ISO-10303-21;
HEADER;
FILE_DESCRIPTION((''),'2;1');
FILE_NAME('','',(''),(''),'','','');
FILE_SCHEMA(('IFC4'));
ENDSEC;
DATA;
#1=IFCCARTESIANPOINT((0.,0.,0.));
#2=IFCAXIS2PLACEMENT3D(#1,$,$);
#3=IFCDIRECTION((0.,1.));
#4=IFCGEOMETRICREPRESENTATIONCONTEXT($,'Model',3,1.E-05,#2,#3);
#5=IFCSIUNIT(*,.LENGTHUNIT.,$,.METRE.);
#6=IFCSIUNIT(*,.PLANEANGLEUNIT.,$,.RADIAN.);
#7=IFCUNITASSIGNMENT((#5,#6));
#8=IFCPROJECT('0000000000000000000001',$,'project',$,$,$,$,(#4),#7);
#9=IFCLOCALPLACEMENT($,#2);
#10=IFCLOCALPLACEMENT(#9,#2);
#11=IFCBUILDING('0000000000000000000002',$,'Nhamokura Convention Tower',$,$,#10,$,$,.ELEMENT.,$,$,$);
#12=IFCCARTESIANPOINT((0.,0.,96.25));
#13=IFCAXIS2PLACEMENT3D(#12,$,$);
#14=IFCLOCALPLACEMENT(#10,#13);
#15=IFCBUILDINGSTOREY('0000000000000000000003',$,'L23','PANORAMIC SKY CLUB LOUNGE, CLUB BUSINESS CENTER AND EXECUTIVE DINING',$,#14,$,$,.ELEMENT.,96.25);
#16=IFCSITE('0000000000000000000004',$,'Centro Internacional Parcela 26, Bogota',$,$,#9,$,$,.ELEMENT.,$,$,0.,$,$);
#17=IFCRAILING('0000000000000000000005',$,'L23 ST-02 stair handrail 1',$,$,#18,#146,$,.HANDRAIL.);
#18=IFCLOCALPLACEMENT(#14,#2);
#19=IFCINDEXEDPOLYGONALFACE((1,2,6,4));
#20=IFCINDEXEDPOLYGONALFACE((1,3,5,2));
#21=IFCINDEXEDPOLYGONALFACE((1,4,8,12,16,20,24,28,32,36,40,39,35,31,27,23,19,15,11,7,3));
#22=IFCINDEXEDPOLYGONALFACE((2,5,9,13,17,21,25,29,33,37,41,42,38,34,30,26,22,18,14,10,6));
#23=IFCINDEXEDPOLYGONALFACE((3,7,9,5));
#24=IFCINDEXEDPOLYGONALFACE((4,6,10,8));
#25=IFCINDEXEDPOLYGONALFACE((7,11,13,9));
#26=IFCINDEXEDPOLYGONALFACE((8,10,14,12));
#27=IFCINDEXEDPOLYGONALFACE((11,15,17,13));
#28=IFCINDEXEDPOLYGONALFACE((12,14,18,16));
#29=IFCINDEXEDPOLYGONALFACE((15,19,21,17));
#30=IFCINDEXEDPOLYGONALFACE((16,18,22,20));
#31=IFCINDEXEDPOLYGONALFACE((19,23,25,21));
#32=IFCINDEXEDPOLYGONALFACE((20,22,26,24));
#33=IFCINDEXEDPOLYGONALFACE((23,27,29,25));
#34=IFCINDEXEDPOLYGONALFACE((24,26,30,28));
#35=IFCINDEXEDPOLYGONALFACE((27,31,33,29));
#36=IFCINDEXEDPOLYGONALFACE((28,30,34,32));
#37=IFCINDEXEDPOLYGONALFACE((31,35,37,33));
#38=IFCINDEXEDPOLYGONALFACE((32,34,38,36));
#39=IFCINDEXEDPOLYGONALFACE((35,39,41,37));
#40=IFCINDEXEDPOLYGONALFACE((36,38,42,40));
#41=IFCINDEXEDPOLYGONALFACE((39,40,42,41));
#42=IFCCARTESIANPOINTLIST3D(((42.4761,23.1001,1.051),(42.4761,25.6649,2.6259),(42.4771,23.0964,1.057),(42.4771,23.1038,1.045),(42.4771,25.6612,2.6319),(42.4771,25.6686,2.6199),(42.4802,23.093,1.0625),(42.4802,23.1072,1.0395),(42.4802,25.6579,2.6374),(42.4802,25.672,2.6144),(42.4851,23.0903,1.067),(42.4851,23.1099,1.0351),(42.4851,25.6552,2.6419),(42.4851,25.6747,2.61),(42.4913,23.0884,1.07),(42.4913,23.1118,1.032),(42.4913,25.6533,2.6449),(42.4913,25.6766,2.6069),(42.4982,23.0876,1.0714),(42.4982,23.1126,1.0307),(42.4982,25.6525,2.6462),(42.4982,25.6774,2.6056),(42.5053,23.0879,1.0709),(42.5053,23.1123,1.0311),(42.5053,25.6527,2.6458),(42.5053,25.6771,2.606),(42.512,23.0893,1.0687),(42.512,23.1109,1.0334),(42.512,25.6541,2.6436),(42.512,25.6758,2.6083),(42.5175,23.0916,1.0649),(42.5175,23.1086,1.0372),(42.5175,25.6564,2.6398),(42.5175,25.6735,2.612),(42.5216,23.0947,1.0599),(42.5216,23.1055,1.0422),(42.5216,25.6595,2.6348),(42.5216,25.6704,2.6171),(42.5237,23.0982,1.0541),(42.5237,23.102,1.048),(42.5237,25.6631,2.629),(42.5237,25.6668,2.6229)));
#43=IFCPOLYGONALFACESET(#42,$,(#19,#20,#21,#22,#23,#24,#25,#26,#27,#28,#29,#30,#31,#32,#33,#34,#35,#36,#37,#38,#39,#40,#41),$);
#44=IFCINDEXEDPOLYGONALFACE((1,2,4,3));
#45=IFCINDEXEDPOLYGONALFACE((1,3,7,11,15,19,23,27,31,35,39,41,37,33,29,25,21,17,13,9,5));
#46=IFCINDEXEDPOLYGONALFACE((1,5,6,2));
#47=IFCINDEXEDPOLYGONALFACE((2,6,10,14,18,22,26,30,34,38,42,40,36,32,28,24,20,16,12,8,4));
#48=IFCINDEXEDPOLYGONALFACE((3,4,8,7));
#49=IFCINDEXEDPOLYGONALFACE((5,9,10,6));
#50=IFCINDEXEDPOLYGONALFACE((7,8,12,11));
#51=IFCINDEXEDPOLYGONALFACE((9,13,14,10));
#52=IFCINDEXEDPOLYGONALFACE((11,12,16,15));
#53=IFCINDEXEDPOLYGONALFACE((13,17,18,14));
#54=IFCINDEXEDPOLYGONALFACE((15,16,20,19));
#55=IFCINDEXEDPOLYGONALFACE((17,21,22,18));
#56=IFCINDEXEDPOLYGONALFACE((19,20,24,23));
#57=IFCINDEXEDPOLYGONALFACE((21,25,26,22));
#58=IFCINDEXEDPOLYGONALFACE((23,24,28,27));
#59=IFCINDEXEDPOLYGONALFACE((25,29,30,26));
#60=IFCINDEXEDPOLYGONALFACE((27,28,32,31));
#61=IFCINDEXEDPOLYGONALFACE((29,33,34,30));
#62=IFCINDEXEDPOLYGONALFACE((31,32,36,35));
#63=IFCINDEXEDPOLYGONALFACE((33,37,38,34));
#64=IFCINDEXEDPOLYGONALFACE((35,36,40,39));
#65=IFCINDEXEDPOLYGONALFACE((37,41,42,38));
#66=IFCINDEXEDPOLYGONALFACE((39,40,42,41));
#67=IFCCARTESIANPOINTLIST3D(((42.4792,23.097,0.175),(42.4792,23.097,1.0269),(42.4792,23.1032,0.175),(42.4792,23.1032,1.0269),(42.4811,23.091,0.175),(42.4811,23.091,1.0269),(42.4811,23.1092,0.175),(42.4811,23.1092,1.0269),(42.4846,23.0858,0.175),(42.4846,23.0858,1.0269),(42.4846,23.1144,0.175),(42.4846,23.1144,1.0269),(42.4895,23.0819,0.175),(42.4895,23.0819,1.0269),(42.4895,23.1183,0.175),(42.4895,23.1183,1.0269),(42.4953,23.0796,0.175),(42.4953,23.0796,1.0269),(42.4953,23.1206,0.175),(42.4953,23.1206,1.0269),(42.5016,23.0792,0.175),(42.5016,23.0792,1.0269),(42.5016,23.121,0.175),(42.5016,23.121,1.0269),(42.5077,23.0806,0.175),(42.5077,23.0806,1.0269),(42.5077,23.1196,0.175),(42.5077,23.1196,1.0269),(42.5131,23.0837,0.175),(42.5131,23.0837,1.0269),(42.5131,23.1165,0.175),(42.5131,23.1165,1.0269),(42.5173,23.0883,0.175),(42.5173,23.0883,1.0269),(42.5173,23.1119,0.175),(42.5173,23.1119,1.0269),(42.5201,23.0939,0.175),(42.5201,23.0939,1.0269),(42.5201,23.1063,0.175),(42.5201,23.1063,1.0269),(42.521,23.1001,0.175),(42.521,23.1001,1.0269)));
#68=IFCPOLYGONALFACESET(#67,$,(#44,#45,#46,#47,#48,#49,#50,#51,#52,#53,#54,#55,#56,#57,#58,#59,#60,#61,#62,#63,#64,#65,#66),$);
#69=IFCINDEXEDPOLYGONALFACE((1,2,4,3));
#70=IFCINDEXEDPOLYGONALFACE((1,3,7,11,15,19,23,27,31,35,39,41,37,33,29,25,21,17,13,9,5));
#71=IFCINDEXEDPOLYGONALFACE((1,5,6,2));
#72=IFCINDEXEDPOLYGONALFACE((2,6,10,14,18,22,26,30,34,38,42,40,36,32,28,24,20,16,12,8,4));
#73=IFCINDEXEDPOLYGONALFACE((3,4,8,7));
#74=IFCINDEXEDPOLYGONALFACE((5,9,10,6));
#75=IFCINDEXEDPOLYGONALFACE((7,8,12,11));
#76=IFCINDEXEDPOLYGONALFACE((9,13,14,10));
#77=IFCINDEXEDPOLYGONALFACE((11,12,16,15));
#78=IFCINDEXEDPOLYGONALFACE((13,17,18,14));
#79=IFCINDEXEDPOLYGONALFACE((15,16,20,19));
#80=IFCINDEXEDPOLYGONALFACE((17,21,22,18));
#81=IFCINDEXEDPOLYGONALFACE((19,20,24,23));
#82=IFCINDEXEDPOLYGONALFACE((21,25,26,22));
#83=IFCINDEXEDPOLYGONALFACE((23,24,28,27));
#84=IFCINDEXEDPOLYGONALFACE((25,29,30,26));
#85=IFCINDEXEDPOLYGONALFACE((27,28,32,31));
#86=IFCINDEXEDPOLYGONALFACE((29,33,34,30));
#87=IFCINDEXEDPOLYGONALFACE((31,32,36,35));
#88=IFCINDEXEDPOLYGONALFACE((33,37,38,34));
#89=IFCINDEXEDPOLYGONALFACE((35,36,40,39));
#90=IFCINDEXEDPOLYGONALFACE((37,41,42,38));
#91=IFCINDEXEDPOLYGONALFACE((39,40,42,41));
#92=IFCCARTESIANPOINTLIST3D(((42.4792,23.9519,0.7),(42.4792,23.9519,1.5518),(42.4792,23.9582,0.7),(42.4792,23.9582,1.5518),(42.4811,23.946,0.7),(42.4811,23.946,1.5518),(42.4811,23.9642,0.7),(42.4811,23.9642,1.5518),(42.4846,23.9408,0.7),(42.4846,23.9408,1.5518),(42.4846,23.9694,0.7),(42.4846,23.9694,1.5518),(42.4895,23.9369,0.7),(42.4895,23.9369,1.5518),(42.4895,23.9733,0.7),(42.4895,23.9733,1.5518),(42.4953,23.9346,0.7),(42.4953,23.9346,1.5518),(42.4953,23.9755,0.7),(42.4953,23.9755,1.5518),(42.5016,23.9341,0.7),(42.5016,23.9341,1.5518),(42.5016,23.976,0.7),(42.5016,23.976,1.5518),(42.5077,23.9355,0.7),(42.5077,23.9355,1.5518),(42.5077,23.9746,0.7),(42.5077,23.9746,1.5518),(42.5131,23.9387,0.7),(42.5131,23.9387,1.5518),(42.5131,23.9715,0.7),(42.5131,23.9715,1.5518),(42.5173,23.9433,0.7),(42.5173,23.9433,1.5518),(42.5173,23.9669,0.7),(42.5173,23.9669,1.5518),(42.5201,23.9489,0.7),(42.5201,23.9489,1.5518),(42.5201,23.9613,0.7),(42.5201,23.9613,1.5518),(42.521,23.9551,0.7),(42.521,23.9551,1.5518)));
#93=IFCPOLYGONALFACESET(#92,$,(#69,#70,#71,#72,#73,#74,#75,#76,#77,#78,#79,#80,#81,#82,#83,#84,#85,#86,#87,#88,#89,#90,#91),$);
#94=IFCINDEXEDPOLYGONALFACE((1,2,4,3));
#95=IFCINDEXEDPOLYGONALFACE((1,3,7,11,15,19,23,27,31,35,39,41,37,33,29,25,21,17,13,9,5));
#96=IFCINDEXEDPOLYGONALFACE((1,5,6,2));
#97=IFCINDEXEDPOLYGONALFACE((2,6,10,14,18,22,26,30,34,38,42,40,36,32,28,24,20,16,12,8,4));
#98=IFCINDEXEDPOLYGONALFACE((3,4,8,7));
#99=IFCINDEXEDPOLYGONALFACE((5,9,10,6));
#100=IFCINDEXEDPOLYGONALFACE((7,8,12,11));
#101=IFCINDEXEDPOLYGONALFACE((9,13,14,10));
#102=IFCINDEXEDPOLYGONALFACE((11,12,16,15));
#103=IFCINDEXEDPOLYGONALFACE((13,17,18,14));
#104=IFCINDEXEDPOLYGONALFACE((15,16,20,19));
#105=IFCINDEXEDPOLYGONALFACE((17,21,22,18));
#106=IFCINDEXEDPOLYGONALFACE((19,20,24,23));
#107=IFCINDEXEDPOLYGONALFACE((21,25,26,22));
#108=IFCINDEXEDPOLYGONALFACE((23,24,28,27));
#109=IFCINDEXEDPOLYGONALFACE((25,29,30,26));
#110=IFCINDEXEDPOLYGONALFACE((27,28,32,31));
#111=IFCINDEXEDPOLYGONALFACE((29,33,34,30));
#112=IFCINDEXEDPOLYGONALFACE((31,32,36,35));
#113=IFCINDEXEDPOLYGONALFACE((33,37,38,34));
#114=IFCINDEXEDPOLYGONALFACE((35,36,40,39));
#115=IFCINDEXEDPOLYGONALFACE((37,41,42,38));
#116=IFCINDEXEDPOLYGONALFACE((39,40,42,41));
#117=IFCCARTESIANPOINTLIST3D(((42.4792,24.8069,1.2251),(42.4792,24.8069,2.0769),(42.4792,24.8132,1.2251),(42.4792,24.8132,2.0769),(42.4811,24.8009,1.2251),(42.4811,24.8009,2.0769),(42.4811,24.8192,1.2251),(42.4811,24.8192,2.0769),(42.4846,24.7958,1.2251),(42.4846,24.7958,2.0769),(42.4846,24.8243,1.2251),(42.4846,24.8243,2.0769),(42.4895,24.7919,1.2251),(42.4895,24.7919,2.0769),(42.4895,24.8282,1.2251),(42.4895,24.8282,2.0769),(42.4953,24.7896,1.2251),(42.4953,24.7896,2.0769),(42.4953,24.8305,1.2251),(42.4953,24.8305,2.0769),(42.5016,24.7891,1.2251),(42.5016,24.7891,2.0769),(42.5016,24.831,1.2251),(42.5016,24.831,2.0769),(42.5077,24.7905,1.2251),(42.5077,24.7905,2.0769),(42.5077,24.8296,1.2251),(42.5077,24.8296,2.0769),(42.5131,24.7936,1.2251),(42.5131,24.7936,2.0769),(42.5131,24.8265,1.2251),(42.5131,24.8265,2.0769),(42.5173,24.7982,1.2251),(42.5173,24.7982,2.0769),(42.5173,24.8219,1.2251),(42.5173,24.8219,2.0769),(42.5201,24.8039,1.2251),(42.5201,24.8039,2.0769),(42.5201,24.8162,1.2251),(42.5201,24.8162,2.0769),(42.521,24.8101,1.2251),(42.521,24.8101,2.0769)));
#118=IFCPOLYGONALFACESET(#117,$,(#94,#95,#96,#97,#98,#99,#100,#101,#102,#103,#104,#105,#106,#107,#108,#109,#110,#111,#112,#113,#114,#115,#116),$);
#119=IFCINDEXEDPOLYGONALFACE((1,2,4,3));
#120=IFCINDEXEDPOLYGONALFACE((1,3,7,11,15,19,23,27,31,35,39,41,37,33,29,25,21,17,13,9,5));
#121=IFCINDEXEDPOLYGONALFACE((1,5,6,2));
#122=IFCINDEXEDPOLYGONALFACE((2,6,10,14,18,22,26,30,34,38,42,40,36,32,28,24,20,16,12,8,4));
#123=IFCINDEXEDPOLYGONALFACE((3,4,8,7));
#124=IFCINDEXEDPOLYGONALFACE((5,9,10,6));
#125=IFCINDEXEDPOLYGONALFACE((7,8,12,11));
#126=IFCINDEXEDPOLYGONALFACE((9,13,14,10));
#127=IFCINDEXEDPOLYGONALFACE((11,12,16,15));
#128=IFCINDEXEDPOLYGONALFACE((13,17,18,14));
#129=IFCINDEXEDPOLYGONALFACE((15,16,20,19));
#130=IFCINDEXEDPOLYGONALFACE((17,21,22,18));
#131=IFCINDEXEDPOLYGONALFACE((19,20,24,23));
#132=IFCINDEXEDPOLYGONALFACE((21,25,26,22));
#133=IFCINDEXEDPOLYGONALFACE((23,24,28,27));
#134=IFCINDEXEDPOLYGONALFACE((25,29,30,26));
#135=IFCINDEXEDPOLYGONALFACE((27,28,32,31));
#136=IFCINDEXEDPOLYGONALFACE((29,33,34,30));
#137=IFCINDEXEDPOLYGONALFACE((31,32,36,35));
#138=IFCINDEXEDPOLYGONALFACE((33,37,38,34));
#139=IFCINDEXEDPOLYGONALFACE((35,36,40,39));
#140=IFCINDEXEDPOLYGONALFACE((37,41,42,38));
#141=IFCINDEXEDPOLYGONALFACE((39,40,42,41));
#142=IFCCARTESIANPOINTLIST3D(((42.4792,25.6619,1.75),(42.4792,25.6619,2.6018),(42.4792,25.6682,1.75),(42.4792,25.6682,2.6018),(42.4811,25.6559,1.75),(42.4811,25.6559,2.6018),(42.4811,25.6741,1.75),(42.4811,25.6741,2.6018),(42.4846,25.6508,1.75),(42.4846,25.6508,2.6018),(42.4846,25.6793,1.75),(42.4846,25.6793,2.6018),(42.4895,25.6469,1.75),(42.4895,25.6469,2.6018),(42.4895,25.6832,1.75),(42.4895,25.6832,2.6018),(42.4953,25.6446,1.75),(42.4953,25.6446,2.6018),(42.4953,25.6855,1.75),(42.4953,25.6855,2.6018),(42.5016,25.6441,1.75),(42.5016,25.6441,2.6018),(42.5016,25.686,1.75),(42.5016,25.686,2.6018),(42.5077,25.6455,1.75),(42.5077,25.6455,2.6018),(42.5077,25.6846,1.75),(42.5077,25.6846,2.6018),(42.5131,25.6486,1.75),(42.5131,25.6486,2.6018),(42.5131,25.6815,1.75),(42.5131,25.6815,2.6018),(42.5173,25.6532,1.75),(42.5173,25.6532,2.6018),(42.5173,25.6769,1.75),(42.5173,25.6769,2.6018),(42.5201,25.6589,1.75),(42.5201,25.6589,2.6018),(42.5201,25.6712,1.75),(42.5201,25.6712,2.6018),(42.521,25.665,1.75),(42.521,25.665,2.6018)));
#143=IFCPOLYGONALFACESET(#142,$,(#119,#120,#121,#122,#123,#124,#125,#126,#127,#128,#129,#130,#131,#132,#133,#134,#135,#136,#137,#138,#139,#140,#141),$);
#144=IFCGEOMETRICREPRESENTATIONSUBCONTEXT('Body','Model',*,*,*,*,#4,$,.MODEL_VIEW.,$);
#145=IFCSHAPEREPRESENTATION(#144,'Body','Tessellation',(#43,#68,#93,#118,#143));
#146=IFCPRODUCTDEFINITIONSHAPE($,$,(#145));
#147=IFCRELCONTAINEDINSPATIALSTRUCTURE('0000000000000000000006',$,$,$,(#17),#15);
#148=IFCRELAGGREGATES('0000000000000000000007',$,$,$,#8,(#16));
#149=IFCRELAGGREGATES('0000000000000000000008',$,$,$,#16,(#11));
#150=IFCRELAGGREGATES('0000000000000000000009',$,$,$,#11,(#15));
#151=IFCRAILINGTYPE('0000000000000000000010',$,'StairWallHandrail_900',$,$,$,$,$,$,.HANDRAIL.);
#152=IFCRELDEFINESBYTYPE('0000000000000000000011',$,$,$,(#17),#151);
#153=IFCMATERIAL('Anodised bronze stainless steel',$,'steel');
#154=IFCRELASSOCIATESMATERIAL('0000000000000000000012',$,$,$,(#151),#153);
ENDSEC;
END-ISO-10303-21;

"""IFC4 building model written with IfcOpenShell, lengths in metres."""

from ifc_helpers import new_model, si_unit, direction, frame, origin, origin_2d, place, context, subcontext, project, spatial, circle, extrude, material, type_object, element, save


model = new_model("IFC4")

# Units and contexts
model_context = context("Model", 3, precision=1e-05, world=origin(), true_north=direction((0.0, 1.0)))
body_context = subcontext(model_context, "Body", "Model", "MODEL_VIEW")
ifc_project = project(units=[si_unit("LENGTHUNIT", "METRE"), si_unit("PLANEANGLEUNIT", "RADIAN")], contexts=[model_context])

# Site, building, storey
site_placement = place(None, origin())
site = spatial("IfcSite", under=ifc_project, at=site_placement, Name="Centro Internacional Parcela 26, Bogota", CompositionType="ELEMENT", RefElevation=0.0)
building_placement = place(site_placement, origin())
building = spatial("IfcBuilding", under=site, at=building_placement, Name="Nhamokura Convention Tower", CompositionType="ELEMENT")
storey_placement = place(building_placement, frame((0.0, 0.0, 96.25)))
storey = spatial("IfcBuildingStorey", under=building, at=storey_placement, Name="L23", Description="PANORAMIC SKY CLUB LOUNGE, CLUB BUSINESS CENTER AND EXECUTIVE DINING", CompositionType="ELEMENT", Elevation=96.25)

# Railing
ifc_material_1 = material(Name="Anodised bronze stainless steel", Category="steel")
railing_type = type_object("IfcRailingType", Name="StairWallHandrail_900", PredefinedType="HANDRAIL", material=ifc_material_1)
railing_placement = place(storey_placement, frame((42.5, 23.1001, 0.175)))
element("IfcRailing", 1, at=railing_placement, inside=storey, type_object=railing_type, Name="L23 ST-02 stair handrail 1", PredefinedType="HANDRAIL", context=body_context, shape_type="SweptSolid", body=[
    extrude(circle(Radius=0.0239, at=origin_2d()), frame((0.0, 0.0, 0.876), z_axis=(0.0, 0.852173, 0.52326), x_axis=(-1.0, 0.0, 0.0)), (0.0, 0.0, 1.0), 3.0098),
    extrude(circle(Radius=0.021, at=origin_2d()), origin(), (0.0, 0.0, 1.0), 0.8518),
    extrude(circle(Radius=0.021, at=origin_2d()), frame((0.0, 0.855, 0.5249)), (0.0, 0.0, 1.0), 0.8518),
    extrude(circle(Radius=0.021, at=origin_2d()), frame((0.0, 1.71, 1.05)), (0.0, 0.0, 1.0), 0.8518),
    extrude(circle(Radius=0.021, at=origin_2d()), frame((0.0, 2.5649, 1.575)), (0.0, 0.0, 1.0), 0.8518),
])

save(model, "model.ifc")
